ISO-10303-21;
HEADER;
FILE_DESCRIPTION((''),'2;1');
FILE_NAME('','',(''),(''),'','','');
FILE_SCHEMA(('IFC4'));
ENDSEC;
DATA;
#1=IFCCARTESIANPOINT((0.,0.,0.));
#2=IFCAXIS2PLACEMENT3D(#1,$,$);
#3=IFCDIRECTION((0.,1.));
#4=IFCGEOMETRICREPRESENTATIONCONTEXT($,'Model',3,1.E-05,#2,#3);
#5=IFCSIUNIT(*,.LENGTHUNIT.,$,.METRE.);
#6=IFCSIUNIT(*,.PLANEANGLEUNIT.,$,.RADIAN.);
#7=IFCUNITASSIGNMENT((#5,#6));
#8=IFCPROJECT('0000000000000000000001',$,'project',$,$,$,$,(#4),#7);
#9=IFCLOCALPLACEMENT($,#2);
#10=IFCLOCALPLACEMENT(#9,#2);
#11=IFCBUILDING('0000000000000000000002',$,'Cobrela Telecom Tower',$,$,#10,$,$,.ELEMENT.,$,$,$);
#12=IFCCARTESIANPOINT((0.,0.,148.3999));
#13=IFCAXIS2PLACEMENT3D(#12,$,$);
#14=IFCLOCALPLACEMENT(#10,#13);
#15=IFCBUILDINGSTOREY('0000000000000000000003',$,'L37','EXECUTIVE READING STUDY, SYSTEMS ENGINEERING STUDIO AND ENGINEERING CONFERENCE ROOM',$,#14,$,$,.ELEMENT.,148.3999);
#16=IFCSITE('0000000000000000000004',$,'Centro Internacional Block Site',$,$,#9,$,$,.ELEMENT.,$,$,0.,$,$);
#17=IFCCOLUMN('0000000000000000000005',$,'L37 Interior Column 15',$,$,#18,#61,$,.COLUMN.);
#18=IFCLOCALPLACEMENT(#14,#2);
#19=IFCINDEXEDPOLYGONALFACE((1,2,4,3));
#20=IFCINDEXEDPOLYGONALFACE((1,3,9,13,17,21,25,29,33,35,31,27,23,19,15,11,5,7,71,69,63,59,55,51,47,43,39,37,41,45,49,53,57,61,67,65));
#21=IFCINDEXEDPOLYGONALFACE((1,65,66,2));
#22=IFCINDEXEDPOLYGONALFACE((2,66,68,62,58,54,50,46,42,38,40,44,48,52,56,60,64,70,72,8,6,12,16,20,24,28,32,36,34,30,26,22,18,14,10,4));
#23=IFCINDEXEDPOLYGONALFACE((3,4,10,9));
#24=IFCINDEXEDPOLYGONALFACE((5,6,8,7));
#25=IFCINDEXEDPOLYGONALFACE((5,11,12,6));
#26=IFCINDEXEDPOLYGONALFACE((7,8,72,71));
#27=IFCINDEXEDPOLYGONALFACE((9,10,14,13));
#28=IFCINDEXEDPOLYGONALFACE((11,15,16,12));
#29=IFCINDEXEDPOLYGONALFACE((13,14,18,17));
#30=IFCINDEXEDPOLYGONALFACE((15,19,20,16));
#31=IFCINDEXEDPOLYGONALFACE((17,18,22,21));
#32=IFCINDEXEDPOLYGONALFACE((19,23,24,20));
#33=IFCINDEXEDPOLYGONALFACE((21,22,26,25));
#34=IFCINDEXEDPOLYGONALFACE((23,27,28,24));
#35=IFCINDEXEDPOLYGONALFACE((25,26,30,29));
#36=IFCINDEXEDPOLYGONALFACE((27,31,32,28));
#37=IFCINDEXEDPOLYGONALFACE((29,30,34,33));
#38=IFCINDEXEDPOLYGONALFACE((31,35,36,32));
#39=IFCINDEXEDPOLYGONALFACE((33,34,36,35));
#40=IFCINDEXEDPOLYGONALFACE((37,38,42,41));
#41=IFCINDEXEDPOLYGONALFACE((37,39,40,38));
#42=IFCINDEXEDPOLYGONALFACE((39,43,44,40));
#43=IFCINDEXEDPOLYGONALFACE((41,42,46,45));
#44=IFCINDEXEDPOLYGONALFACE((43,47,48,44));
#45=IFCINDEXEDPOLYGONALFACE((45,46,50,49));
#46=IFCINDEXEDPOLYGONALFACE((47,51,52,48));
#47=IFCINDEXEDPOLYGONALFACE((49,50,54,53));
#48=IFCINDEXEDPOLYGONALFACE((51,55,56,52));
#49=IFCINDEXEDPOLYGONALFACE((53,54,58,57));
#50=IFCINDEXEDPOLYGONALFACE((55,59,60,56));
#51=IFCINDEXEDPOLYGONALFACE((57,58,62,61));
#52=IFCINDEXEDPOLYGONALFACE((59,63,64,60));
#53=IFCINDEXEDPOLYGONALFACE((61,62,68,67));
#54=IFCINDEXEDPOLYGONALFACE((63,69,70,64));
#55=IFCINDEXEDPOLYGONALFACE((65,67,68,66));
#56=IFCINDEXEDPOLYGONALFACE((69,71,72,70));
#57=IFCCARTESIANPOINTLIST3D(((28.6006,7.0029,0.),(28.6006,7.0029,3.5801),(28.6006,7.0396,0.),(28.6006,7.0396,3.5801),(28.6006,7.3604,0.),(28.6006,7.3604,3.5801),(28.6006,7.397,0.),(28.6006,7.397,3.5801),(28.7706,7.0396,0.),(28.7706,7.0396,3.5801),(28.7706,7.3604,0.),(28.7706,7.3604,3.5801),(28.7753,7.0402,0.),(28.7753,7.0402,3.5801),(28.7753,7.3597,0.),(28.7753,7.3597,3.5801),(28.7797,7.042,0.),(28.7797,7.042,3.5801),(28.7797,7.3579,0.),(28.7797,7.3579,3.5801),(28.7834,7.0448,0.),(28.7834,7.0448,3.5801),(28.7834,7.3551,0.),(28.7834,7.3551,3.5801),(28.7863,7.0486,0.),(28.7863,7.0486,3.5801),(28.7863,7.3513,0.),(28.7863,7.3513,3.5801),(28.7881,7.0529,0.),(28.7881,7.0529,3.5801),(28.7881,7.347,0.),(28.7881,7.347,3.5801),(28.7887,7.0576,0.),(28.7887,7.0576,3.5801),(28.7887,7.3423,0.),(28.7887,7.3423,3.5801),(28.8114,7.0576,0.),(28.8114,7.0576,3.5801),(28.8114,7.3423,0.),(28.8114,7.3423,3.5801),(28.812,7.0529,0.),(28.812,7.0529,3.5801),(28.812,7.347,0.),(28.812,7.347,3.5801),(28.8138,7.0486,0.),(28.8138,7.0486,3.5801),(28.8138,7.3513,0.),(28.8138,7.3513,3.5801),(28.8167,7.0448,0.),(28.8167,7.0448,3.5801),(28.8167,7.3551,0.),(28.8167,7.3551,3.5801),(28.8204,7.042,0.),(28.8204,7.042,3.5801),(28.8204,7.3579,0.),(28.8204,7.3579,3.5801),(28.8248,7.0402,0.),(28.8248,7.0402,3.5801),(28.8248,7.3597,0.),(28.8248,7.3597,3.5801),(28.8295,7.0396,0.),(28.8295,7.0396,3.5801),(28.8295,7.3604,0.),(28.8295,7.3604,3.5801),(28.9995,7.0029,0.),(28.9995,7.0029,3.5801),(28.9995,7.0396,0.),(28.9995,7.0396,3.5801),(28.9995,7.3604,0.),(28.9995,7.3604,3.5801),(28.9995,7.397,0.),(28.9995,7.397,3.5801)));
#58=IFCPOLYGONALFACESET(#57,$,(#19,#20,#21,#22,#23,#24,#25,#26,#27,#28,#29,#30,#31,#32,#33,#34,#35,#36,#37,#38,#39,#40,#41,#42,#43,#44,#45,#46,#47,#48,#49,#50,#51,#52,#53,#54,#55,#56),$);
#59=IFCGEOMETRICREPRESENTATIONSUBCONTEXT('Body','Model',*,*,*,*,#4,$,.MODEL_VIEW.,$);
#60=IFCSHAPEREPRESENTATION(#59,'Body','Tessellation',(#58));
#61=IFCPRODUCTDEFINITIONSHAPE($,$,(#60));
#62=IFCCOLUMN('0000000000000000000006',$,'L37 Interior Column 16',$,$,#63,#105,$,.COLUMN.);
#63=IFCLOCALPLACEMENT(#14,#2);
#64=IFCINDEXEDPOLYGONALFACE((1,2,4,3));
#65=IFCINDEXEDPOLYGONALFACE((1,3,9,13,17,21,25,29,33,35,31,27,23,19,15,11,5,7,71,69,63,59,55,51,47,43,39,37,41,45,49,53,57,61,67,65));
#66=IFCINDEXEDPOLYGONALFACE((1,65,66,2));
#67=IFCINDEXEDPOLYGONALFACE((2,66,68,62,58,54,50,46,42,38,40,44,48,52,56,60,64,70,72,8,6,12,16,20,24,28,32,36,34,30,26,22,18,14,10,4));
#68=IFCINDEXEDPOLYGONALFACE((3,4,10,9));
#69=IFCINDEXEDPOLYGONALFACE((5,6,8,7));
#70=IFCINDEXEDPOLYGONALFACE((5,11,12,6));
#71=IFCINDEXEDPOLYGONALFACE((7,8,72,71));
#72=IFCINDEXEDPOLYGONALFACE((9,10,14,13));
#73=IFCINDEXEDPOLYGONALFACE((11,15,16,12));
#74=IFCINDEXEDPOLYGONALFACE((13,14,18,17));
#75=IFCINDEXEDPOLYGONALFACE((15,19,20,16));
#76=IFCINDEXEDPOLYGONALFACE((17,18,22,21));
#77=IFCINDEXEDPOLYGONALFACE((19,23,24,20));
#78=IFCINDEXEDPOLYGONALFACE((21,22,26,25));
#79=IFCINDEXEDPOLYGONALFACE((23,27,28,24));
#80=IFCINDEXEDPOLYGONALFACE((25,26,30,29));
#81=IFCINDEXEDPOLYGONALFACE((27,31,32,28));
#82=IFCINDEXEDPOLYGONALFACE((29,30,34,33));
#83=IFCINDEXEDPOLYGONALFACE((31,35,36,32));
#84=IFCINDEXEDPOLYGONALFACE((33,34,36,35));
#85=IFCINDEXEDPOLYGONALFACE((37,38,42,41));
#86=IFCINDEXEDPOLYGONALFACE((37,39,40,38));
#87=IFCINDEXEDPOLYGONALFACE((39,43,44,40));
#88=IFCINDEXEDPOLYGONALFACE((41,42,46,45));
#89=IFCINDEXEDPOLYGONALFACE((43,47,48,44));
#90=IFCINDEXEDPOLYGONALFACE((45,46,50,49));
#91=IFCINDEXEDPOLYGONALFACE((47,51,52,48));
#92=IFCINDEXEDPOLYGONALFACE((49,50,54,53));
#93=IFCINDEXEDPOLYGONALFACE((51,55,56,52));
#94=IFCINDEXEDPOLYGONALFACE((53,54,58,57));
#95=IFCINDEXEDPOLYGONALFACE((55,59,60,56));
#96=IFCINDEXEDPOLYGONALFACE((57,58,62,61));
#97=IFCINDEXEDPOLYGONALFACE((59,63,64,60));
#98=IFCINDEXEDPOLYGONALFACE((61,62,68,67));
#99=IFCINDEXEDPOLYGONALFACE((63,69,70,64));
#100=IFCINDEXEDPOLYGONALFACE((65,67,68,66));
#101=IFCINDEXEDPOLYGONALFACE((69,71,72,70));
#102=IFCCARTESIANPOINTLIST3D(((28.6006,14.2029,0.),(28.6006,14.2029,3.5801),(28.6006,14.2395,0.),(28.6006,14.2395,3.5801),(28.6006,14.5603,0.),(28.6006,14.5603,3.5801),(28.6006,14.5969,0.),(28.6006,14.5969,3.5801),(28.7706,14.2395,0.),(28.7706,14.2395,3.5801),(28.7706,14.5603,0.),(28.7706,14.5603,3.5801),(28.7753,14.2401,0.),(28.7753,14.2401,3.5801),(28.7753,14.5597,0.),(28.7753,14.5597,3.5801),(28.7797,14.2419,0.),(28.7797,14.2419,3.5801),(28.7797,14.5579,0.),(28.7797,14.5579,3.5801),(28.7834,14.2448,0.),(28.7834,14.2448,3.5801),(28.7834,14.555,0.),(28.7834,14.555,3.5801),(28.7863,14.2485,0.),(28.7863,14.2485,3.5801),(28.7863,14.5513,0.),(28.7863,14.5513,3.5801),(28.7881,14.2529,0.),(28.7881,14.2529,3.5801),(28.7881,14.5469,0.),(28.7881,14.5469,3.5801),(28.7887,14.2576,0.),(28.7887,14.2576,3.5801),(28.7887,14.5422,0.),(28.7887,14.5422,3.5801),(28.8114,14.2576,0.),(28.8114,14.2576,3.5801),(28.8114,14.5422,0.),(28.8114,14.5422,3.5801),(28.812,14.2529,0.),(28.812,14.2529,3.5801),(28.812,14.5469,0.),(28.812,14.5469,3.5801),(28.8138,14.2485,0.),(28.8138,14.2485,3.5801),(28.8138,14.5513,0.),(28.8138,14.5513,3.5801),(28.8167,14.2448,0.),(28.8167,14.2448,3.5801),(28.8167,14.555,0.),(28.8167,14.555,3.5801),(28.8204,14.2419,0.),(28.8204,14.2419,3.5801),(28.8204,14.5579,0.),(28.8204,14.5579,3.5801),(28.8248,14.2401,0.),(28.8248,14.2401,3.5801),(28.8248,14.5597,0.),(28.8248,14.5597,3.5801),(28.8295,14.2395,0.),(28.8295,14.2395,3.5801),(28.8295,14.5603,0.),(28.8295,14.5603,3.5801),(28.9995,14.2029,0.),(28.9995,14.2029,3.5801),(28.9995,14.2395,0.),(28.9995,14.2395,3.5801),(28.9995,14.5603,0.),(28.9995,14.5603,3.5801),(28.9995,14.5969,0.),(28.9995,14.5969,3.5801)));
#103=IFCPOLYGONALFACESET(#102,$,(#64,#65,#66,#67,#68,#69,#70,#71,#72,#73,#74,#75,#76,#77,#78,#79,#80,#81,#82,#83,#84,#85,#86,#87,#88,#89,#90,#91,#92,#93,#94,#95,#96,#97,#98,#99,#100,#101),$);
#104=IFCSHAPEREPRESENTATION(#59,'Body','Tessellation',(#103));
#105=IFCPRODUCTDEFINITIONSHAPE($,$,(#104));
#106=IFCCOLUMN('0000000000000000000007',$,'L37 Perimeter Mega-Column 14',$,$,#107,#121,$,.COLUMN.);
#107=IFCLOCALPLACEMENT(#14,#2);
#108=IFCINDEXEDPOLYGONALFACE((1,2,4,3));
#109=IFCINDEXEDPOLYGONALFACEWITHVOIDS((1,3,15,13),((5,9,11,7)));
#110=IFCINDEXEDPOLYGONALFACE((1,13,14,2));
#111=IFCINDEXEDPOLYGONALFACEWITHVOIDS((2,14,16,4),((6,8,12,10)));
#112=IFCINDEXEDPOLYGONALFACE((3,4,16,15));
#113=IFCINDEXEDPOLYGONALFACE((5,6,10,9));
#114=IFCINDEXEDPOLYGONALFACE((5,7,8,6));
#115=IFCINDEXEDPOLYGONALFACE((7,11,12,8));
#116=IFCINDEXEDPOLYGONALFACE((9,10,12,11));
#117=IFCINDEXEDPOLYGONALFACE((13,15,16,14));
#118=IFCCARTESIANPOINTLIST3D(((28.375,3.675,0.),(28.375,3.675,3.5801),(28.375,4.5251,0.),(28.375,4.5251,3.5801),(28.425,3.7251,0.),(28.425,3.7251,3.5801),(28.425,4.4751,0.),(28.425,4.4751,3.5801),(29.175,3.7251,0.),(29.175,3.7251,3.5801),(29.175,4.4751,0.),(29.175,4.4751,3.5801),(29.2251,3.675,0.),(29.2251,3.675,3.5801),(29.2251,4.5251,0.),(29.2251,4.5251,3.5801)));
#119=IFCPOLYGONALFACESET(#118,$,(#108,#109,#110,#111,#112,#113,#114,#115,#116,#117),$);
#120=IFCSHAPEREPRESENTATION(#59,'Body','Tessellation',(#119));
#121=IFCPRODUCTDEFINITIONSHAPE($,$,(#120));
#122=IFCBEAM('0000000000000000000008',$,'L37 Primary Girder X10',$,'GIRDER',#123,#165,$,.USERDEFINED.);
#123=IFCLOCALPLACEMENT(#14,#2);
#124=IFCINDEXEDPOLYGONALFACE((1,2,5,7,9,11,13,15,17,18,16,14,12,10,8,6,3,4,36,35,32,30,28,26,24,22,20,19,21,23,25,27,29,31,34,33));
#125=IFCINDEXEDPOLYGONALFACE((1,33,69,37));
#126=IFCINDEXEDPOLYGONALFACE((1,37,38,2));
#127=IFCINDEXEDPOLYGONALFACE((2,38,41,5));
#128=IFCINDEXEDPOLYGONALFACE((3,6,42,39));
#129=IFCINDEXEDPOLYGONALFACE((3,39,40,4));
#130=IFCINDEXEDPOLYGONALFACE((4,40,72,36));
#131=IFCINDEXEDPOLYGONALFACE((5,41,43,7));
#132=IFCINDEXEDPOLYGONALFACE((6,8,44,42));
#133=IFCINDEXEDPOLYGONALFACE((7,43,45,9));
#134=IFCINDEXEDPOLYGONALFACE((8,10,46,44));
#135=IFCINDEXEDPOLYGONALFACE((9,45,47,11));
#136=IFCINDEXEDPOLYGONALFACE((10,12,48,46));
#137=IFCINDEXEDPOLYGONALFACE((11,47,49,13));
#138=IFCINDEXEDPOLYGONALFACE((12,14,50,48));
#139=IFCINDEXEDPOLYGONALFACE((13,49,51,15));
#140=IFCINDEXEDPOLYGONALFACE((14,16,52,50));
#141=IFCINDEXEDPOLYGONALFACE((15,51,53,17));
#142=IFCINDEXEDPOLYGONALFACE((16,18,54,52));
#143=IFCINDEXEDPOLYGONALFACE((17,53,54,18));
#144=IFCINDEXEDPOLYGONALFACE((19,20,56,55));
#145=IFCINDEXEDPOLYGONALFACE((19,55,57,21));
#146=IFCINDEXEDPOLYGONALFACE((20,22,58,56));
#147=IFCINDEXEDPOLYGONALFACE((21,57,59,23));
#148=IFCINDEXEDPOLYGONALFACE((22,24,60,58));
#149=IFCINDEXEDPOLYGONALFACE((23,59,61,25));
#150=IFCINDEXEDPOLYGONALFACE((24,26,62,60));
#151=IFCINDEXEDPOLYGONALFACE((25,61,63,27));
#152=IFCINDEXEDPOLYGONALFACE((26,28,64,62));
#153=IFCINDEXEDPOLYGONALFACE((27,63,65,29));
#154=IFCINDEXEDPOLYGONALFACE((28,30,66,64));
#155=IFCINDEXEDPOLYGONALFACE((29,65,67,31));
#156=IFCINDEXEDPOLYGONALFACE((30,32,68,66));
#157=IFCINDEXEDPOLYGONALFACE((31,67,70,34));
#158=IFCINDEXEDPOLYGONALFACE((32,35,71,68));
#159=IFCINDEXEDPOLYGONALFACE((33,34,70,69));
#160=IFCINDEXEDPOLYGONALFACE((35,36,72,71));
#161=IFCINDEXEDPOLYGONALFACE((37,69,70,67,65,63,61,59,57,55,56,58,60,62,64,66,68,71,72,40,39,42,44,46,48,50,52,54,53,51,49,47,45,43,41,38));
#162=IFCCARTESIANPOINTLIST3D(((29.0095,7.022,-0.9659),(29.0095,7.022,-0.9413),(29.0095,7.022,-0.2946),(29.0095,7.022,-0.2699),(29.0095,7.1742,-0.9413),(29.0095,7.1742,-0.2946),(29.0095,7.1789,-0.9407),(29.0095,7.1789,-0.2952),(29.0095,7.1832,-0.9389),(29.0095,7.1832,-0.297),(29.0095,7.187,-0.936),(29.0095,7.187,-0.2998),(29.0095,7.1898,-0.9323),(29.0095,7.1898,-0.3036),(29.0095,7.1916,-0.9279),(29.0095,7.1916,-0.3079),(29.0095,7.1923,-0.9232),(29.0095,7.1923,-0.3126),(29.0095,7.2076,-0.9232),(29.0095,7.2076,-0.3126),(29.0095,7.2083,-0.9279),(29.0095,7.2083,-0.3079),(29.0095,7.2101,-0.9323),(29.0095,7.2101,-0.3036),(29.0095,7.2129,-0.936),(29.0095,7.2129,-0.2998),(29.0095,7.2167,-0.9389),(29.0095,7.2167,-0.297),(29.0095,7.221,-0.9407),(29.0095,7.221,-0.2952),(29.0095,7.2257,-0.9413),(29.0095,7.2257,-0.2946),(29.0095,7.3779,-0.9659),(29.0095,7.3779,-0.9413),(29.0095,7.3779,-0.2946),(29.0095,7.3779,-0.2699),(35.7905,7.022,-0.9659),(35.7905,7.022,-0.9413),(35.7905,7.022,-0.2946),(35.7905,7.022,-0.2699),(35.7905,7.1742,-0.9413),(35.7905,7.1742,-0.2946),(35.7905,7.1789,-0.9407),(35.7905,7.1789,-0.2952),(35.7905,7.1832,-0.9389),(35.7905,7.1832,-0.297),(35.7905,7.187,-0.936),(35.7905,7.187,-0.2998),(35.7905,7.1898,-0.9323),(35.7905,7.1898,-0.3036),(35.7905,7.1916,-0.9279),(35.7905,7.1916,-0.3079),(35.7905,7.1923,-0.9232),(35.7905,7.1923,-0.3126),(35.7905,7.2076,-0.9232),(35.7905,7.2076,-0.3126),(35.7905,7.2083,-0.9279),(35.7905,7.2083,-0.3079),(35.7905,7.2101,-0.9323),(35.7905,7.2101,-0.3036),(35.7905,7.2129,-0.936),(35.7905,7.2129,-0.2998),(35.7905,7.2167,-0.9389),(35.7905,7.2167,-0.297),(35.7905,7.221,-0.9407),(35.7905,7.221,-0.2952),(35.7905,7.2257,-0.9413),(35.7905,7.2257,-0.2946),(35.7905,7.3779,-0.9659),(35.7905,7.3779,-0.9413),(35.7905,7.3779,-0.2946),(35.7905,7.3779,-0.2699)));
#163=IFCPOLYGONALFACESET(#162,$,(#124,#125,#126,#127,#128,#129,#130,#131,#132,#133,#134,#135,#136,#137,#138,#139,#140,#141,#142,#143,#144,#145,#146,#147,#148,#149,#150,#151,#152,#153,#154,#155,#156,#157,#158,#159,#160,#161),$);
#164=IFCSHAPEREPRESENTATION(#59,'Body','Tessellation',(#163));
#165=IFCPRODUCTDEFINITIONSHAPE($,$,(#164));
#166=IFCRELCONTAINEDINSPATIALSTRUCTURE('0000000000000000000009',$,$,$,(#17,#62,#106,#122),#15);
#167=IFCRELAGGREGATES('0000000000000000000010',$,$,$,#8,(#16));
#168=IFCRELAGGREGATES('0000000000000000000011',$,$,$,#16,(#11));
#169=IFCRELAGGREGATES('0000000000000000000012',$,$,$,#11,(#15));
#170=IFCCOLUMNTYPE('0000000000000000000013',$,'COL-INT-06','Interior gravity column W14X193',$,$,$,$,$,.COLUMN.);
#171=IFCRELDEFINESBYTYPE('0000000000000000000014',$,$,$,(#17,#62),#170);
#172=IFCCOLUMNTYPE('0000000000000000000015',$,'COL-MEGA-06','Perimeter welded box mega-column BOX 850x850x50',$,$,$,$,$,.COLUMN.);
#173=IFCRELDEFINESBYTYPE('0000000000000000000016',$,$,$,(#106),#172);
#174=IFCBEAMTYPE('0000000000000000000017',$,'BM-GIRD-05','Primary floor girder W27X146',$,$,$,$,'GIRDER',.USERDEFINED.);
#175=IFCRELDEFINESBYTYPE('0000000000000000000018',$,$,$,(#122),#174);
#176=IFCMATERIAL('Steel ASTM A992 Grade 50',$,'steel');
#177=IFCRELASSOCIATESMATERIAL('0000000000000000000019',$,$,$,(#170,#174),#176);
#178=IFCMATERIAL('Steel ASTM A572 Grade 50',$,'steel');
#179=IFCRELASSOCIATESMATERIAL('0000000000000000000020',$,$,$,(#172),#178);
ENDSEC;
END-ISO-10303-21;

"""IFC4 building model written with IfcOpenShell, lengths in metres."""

from ifc_helpers import new_model, si_unit, direction, frame, origin, origin_2d, place, context, subcontext, project, spatial, hollow_rectangle, i_section, extrude, material, material_profile, profile_set, type_object, element, save


model = new_model("IFC4")

# Units and contexts
model_context = context("Model", 3, precision=1e-05, world=origin(), true_north=direction((0.0, 1.0)))
body_context = subcontext(model_context, "Body", "Model", "MODEL_VIEW")
ifc_project = project(units=[si_unit("LENGTHUNIT", "METRE"), si_unit("PLANEANGLEUNIT", "RADIAN")], contexts=[model_context])

# Site, building, storey
site_placement = place(None, origin())
site = spatial("IfcSite", under=ifc_project, at=site_placement, Name="Centro Internacional Block Site", CompositionType="ELEMENT", RefElevation=0.0)
building_placement = place(site_placement, origin())
building = spatial("IfcBuilding", under=site, at=building_placement, Name="Cobrela Telecom Tower", CompositionType="ELEMENT")
storey_placement = place(building_placement, frame((0.0, 0.0, 148.3999)))
storey = spatial("IfcBuildingStorey", under=building, at=storey_placement, Name="L37", Description="EXECUTIVE READING STUDY, SYSTEMS ENGINEERING STUDIO AND ENGINEERING CONFERENCE ROOM", CompositionType="ELEMENT", Elevation=148.3999)

# Columns
ifc_material_1 = material(Name="Steel ASTM A992 Grade 50", Category="steel")
ifc_material_profile_1 = material_profile(ifc_material_1, i_section(OverallWidth=0.3989, OverallDepth=0.394, WebThickness=0.0227, FlangeThickness=0.0366, FilletRadius=0.0181, at=origin_2d()), Name="W14X193")
ifc_profile_set_1 = profile_set([ifc_material_profile_1], Name="Steel ASTM A992 Grade 50")
column_type_1 = type_object("IfcColumnType", Name="COL-INT-06", Description="Interior gravity column W14X193", PredefinedType="COLUMN", material=ifc_profile_set_1)
for number, where, z_axis, x_axis, name in (
    (1, (28.8, 7.2, 0.0), (0.0, 0.0, 1.0), (1.0, 0.0, 0.0), "L37 Interior Column 15"),
    (2, (28.8, 14.3999, 0.0), (0.0, 0.0, 1.0), (1.0, 0.0, 0.0), "L37 Interior Column 16"),
):
    element("IfcColumn", number, at=place(storey_placement, frame(where, z_axis=z_axis, x_axis=x_axis)), inside=storey, type_object=column_type_1, Name=name, PredefinedType="COLUMN", context=body_context, shape_type="SweptSolid", body=[
        extrude(i_section(OverallWidth=0.3989, OverallDepth=0.394, WebThickness=0.0227, FlangeThickness=0.0366, FilletRadius=0.0181, at=origin_2d()), origin(), (0.0, 0.0, 1.0), 3.5801),
    ])
ifc_material_2 = material(Name="Steel ASTM A572 Grade 50", Category="steel")
ifc_material_profile_2 = material_profile(ifc_material_2, hollow_rectangle(XDim=0.8501, YDim=0.8501, WallThickness=0.05, at=origin_2d()), Name="BOX 850x850x50")
ifc_profile_set_2 = profile_set([ifc_material_profile_2], Name="Steel ASTM A572 Grade 50")
column_type_2 = type_object("IfcColumnType", Name="COL-MEGA-06", Description="Perimeter welded box mega-column BOX 850x850x50", PredefinedType="COLUMN", material=ifc_profile_set_2)
column_placement = place(storey_placement, frame((28.8, 4.1001, 0.0), z_axis=(0.0, 0.0, 1.0), x_axis=(1.0, 0.0, 0.0)))
element("IfcColumn", 3, at=column_placement, inside=storey, type_object=column_type_2, Name="L37 Perimeter Mega-Column 14", PredefinedType="COLUMN", context=body_context, shape_type="SweptSolid", body=[
    extrude(hollow_rectangle(XDim=0.8501, YDim=0.8501, WallThickness=0.05, at=origin_2d()), origin(), (0.0, 0.0, 1.0), 3.5801),
])

# Beam
ifc_material_profile_3 = material_profile(ifc_material_1, i_section(OverallWidth=0.356, OverallDepth=0.696, WebThickness=0.0154, FlangeThickness=0.0247, FilletRadius=0.0181, at=origin_2d()), Name="W27X146")
ifc_profile_set_3 = profile_set([ifc_material_profile_3], Name="Steel ASTM A992 Grade 50")
beam_type_1 = type_object("IfcBeamType", Name="BM-GIRD-05", Description="Primary floor girder W27X146", ElementType="GIRDER", PredefinedType="USERDEFINED", material=ifc_profile_set_3)
for number, where, z_axis, x_axis, name in (
    (4, (29.0095, 7.2, -0.6179), (1.0, 0.0, 0.0), (0.0, 1.0, 0.0), "L37 Primary Girder X10"),
):
    element("IfcBeam", number, at=place(storey_placement, frame(where, z_axis=z_axis, x_axis=x_axis)), inside=storey, type_object=beam_type_1, Name=name, ObjectType="GIRDER", PredefinedType="USERDEFINED", context=body_context, shape_type="SweptSolid", body=[
        extrude(i_section(OverallWidth=0.356, OverallDepth=0.696, WebThickness=0.0154, FlangeThickness=0.0247, FilletRadius=0.0181, at=origin_2d()), origin(), (0.0, 0.0, 1.0), 6.781),
    ])

save(model, "model.ifc")
